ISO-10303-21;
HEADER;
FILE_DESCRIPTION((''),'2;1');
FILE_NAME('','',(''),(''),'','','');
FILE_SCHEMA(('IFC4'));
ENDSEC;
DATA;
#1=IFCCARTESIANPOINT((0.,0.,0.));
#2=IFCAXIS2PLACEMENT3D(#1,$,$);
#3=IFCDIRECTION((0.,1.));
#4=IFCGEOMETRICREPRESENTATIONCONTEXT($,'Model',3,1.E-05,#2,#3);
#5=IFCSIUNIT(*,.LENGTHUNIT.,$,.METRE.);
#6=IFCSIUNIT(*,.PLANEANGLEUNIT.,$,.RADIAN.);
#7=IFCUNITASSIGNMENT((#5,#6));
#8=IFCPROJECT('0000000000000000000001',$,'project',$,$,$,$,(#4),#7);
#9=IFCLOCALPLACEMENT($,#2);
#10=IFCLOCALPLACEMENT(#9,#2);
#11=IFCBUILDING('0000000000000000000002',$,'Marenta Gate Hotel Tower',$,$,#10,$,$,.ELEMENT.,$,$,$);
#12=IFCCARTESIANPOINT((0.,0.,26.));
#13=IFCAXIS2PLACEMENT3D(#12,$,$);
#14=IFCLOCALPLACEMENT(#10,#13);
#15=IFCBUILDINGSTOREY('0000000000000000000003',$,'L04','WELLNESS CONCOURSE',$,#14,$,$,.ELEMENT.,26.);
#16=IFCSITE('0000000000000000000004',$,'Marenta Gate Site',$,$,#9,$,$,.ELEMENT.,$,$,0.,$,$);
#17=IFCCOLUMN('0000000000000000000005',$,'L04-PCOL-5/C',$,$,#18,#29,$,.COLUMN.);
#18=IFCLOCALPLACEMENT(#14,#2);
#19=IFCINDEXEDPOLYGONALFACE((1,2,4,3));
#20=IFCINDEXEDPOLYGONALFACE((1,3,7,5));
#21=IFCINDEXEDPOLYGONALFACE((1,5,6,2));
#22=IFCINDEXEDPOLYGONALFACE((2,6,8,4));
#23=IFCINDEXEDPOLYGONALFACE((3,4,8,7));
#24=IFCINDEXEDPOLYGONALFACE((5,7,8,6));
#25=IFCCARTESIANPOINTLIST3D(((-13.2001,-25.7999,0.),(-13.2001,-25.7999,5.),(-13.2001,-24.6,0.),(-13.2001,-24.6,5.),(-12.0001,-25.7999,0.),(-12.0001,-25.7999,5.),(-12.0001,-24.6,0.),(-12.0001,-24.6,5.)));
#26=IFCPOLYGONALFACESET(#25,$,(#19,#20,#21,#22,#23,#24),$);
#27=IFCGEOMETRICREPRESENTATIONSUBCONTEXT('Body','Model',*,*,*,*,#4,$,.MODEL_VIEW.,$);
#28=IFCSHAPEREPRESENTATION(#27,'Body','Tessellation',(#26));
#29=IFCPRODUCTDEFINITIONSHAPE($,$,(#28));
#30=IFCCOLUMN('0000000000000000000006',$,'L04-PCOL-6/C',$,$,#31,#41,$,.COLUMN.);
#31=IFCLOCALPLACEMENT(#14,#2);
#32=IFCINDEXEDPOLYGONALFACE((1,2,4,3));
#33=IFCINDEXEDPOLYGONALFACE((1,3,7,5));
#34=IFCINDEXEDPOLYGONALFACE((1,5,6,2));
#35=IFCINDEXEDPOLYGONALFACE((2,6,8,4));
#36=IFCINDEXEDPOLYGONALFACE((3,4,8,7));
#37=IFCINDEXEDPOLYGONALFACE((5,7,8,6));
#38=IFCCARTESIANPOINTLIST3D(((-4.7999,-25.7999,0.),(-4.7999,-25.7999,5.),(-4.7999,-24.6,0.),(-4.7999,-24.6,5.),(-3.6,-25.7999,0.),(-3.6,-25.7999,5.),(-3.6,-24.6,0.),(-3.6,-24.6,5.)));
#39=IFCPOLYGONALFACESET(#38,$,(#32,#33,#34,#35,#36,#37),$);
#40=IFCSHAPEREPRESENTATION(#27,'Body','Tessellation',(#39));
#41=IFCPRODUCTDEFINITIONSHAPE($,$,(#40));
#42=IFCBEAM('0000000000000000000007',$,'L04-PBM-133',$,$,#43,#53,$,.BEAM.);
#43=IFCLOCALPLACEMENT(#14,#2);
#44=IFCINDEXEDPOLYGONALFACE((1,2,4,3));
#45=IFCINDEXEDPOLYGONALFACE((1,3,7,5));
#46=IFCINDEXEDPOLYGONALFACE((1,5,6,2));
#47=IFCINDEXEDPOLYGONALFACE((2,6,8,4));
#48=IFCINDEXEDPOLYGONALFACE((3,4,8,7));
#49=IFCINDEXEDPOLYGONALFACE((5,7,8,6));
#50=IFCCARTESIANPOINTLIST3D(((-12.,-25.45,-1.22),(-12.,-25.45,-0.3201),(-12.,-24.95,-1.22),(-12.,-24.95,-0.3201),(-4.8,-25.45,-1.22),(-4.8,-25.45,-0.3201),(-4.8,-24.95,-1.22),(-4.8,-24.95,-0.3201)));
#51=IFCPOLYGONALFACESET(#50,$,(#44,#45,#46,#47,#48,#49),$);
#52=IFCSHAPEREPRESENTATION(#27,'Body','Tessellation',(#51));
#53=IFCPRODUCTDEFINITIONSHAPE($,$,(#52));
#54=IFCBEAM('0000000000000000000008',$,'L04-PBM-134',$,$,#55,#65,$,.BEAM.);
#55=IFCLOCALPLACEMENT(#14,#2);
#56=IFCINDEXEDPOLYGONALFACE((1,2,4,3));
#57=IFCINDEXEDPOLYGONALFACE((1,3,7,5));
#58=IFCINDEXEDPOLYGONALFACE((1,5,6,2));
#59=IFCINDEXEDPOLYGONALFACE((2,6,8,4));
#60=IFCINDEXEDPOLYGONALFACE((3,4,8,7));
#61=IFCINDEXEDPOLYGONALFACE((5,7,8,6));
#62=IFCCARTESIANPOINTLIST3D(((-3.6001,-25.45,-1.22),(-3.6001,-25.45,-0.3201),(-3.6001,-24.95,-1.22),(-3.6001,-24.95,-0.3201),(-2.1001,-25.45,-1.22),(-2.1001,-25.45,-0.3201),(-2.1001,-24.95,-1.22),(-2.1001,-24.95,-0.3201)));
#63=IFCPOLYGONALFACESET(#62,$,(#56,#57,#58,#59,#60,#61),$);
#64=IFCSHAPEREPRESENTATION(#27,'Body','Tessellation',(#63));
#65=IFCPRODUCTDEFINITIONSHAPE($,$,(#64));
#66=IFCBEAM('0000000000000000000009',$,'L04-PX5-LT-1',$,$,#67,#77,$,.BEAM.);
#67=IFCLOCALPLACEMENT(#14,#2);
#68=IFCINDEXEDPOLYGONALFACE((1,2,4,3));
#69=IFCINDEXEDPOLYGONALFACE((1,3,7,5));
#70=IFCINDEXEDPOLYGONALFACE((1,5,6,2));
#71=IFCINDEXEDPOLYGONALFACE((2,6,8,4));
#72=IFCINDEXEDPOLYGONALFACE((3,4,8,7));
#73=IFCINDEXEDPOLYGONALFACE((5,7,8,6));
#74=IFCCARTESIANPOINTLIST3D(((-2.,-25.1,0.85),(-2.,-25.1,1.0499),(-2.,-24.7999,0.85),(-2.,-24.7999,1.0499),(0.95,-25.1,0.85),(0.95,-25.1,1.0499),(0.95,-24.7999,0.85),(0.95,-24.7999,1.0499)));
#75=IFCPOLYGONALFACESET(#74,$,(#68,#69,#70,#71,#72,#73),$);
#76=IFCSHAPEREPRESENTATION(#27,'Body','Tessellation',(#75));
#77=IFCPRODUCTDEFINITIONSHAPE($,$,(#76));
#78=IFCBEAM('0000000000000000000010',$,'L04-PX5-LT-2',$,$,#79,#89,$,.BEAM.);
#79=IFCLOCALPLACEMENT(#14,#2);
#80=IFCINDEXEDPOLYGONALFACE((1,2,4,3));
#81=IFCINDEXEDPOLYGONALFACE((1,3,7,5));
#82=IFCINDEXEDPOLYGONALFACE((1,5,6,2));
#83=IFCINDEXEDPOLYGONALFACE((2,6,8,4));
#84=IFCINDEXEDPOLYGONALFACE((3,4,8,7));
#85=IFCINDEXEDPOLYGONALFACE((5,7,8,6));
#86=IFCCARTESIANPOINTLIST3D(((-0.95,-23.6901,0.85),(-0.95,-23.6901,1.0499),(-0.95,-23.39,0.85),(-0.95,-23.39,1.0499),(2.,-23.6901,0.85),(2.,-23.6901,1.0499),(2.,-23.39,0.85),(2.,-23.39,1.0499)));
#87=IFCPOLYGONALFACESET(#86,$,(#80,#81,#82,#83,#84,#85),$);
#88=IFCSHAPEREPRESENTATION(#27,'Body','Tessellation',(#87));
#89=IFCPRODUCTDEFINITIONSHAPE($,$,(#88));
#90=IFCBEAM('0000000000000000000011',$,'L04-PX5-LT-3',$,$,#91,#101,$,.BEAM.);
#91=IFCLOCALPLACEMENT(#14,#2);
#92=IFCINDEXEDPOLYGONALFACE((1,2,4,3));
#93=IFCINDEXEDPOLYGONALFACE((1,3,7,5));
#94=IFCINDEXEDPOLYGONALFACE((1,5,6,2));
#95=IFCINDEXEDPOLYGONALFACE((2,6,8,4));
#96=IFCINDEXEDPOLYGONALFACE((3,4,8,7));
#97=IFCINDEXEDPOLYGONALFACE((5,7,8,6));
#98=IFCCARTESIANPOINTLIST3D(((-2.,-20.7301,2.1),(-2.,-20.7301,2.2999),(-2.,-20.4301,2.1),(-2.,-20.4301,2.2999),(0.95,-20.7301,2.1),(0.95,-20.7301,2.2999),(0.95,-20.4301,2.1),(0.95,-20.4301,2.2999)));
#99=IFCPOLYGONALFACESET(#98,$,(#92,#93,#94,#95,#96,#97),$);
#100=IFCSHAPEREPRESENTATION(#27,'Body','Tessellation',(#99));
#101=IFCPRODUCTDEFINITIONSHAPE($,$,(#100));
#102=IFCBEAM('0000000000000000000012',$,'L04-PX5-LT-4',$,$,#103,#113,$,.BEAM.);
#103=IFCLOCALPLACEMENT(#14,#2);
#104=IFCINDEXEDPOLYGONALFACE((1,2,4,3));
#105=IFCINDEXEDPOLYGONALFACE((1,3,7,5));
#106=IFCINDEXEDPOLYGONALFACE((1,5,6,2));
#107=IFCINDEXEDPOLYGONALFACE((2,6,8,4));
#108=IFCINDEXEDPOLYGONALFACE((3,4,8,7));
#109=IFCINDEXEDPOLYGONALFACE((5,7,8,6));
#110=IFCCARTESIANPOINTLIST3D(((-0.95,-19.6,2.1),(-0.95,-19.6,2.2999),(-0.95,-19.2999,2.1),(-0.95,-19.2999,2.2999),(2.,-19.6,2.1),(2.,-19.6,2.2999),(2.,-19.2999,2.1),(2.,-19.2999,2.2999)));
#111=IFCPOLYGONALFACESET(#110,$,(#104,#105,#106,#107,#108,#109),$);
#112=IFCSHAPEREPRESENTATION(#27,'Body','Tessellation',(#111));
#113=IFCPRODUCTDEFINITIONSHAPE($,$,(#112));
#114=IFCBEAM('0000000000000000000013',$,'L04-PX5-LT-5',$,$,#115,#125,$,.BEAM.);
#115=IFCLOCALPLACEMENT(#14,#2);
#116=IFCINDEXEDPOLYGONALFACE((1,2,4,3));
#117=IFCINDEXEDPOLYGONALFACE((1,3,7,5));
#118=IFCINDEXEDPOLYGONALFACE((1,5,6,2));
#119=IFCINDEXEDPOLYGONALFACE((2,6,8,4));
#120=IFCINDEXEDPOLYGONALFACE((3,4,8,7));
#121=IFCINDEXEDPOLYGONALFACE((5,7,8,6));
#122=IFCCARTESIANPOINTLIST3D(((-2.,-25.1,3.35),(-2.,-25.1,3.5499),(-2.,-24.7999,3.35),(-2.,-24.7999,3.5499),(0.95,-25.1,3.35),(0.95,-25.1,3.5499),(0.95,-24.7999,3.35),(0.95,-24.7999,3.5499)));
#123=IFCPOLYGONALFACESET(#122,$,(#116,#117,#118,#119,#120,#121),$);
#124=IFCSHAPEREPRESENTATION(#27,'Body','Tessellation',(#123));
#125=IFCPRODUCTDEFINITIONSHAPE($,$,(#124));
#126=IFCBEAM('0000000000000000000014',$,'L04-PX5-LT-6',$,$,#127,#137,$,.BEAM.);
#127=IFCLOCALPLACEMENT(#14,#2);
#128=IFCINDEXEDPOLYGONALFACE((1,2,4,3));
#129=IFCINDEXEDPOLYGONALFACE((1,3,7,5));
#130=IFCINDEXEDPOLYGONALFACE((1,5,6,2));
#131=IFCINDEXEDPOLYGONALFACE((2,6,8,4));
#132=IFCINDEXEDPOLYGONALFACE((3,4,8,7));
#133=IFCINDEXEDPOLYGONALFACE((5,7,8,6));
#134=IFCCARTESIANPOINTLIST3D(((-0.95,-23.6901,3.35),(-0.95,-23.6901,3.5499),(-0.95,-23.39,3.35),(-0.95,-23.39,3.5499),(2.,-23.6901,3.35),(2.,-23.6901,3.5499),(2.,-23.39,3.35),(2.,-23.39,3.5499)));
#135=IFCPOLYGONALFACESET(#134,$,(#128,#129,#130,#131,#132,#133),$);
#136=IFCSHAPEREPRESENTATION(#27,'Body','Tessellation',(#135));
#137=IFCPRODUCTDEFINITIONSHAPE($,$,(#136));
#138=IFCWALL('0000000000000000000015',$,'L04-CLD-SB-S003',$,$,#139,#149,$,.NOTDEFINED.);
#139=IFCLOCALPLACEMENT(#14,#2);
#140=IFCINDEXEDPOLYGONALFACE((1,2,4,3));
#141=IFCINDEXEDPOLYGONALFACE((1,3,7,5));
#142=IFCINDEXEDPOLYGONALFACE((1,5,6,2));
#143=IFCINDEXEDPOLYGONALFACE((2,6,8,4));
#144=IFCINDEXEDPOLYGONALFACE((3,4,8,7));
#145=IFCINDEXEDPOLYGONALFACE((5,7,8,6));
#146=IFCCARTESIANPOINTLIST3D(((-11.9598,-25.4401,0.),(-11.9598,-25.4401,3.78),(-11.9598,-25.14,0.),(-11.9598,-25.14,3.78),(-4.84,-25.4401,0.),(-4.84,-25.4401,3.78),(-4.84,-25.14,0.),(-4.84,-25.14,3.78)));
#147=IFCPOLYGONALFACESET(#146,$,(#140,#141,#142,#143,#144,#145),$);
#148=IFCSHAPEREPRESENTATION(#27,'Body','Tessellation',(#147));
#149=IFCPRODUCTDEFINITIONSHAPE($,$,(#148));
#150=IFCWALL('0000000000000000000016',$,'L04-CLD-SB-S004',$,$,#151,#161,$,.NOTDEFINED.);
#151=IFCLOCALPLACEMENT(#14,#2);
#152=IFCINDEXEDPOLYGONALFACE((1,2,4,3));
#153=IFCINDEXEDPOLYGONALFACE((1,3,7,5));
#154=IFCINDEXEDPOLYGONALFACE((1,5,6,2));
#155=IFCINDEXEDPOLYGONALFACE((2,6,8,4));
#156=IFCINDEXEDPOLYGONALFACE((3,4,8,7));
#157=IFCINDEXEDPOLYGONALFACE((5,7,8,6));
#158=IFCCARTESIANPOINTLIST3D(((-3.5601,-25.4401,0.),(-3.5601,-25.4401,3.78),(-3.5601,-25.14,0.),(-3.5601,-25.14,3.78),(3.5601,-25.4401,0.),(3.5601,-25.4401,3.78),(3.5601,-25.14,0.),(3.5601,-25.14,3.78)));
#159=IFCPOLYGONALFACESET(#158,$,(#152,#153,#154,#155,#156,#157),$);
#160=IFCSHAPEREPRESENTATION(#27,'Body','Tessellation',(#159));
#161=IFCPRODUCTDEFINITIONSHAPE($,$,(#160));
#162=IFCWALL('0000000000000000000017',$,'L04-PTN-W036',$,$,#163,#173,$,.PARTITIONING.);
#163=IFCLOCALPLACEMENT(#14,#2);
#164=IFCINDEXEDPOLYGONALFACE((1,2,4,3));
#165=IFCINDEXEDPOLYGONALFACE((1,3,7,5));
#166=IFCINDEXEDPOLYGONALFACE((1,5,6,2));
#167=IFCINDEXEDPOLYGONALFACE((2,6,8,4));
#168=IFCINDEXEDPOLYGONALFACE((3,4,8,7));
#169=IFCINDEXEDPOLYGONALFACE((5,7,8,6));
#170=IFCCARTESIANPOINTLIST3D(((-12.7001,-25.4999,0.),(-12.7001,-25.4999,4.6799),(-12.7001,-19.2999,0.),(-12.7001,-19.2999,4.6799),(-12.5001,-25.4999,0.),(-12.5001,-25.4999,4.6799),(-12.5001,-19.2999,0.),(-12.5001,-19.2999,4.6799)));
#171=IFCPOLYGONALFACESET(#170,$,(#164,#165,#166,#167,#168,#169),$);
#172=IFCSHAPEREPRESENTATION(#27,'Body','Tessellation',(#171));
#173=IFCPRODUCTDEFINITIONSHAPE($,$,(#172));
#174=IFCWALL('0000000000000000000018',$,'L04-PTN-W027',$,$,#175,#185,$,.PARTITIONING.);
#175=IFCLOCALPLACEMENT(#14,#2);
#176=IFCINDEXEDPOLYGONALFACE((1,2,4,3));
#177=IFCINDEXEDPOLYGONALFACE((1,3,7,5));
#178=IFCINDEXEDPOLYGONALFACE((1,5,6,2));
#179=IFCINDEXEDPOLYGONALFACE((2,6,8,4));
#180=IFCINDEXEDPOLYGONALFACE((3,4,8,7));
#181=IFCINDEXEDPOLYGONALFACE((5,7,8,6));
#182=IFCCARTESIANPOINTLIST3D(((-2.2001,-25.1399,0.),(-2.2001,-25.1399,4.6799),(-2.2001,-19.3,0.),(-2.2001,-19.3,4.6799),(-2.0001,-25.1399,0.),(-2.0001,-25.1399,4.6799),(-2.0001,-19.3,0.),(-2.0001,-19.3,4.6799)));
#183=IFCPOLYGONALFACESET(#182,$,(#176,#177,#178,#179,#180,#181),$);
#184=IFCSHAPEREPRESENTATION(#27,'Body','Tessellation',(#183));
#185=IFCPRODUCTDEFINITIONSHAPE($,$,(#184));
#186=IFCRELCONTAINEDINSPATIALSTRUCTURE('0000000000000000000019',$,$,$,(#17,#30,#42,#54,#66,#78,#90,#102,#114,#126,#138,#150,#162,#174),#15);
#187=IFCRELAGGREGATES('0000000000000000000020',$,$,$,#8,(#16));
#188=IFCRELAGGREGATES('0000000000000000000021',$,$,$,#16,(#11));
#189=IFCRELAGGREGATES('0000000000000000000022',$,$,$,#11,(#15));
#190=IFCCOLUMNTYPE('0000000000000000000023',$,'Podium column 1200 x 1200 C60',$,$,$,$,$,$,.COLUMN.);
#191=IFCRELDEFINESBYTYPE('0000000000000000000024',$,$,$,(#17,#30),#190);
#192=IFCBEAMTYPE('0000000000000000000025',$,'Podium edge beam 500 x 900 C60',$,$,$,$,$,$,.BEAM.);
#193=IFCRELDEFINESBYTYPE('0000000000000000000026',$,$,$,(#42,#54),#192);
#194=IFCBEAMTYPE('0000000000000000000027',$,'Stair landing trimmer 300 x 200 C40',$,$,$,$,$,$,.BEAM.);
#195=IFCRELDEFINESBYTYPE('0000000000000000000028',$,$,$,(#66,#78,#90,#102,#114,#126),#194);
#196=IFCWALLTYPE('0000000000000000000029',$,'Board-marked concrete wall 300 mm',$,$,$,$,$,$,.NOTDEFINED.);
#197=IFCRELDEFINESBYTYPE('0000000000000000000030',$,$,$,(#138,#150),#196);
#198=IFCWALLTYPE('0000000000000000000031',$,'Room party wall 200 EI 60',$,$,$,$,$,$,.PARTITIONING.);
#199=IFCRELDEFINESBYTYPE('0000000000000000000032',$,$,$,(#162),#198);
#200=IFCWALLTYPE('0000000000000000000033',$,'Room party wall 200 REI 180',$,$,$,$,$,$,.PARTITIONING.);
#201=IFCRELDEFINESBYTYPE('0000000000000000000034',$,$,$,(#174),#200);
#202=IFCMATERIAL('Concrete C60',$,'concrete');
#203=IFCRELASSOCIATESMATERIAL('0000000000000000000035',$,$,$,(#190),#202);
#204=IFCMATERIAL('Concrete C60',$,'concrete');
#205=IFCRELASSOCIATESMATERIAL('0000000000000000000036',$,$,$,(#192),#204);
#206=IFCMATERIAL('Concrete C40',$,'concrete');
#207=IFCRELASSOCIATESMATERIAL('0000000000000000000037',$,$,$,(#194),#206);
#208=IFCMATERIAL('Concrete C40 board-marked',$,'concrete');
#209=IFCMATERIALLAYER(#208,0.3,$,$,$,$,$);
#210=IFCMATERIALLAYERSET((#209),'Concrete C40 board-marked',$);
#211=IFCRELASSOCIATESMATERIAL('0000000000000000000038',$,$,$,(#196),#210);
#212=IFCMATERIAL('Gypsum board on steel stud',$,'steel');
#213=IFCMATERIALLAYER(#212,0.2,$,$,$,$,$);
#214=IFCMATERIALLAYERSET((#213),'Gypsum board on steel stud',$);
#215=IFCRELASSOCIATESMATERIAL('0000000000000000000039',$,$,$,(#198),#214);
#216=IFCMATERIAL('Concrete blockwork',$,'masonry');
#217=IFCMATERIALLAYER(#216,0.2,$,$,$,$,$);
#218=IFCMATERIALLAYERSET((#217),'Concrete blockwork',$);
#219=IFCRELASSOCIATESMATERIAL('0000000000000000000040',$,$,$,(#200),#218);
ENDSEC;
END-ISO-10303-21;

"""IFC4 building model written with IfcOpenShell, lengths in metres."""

from ifc_helpers import new_model, si_unit, direction, frame, frame_2d, origin, origin_2d, place, context, subcontext, project, spatial, rectangle, extrude, material, layer, layer_set, material_profile, profile_set, type_object, element, save


model = new_model("IFC4")

# Units and contexts
model_context = context("Model", 3, precision=1e-05, world=origin(), true_north=direction((0.0, 1.0)))
body_context = subcontext(model_context, "Body", "Model", "MODEL_VIEW")
ifc_project = project(units=[si_unit("LENGTHUNIT", "METRE"), si_unit("PLANEANGLEUNIT", "RADIAN")], contexts=[model_context])

# Site, building, storey
site_placement = place(None, origin())
site = spatial("IfcSite", under=ifc_project, at=site_placement, Name="Marenta Gate Site", CompositionType="ELEMENT", RefElevation=0.0)
building_placement = place(site_placement, origin())
building = spatial("IfcBuilding", under=site, at=building_placement, Name="Marenta Gate Hotel Tower", CompositionType="ELEMENT")
storey_placement = place(building_placement, frame((0.0, 0.0, 26.0)))
storey = spatial("IfcBuildingStorey", under=building, at=storey_placement, Name="L04", Description="WELLNESS CONCOURSE", CompositionType="ELEMENT", Elevation=26.0)

# Columns
ifc_material_1 = material(Name="Concrete C60", Category="concrete")
ifc_material_profile_1 = material_profile(ifc_material_1, rectangle(XDim=1.2, YDim=1.2, at=origin_2d()), Name="1200 x 1200")
ifc_profile_set_1 = profile_set([ifc_material_profile_1], Name="Concrete C60")
column_type = type_object("IfcColumnType", Name="Podium column 1200 x 1200 C60", PredefinedType="COLUMN", material=ifc_profile_set_1)
for number, where, z_axis, x_axis, name in (
    (1, (-12.6001, -25.2, 0.0), (0.0, 0.0, 1.0), (1.0, 0.0, 0.0), "L04-PCOL-5/C"),
    (2, (-4.2, -25.2, 0.0), (0.0, 0.0, 1.0), (1.0, 0.0, 0.0), "L04-PCOL-6/C"),
):
    element("IfcColumn", number, at=place(storey_placement, frame(where, z_axis=z_axis, x_axis=x_axis)), inside=storey, type_object=column_type, Name=name, PredefinedType="COLUMN", context=body_context, shape_type="SweptSolid", body=[
        extrude(rectangle(XDim=1.2, YDim=1.2, at=origin_2d()), origin(), (0.0, 0.0, 1.0), 5.0),
    ])

# Beams
ifc_material_2 = material(Name="Concrete C60", Category="concrete")
ifc_material_profile_2 = material_profile(ifc_material_2, rectangle(XDim=0.5, YDim=0.8999, at=origin_2d()), Name="500 x 900")
ifc_profile_set_2 = profile_set([ifc_material_profile_2], Name="Concrete C60")
beam_type_1 = type_object("IfcBeamType", Name="Podium edge beam 500 x 900 C60", PredefinedType="BEAM", material=ifc_profile_set_2)
beam_1_placement = place(storey_placement, frame((-12.0, -25.2, -0.77), z_axis=(1.0, 0.0, 0.0), x_axis=(0.0, 1.0, 0.0)))
element("IfcBeam", 3, at=beam_1_placement, inside=storey, type_object=beam_type_1, Name="L04-PBM-133", PredefinedType="BEAM", context=body_context, shape_type="SweptSolid", body=[
    extrude(rectangle(XDim=0.5, YDim=0.8999, at=origin_2d()), origin(), (0.0, 0.0, 1.0), 7.2),
])
beam_2_placement = place(storey_placement, frame((-3.6001, -25.2, -0.77), z_axis=(1.0, 0.0, 0.0), x_axis=(0.0, 1.0, 0.0)))
element("IfcBeam", 4, at=beam_2_placement, inside=storey, type_object=beam_type_1, Name="L04-PBM-134", PredefinedType="BEAM", context=body_context, shape_type="SweptSolid", body=[
    extrude(rectangle(XDim=0.5, YDim=0.8999, at=origin_2d()), origin(), (0.0, 0.0, 1.0), 1.5),
])
ifc_material_3 = material(Name="Concrete C40", Category="concrete")
ifc_material_profile_3 = material_profile(ifc_material_3, rectangle(XDim=0.3, YDim=0.2, at=origin_2d()), Name="300 x 200")
ifc_profile_set_3 = profile_set([ifc_material_profile_3], Name="Concrete C40")
beam_type_2 = type_object("IfcBeamType", Name="Stair landing trimmer 300 x 200 C40", PredefinedType="BEAM", material=ifc_profile_set_3)
for number, where, z_axis, x_axis, name in (
    (5, (-2.0, -24.95, 0.95), (1.0, 0.0, 0.0), (0.0, 1.0, 0.0), "L04-PX5-LT-1"),
    (6, (-0.95, -23.54, 0.95), (1.0, 0.0, 0.0), (0.0, 1.0, 0.0), "L04-PX5-LT-2"),
    (7, (-2.0, -20.5801, 2.2), (1.0, 0.0, 0.0), (0.0, 1.0, 0.0), "L04-PX5-LT-3"),
    (8, (-0.95, -19.45, 2.2), (1.0, 0.0, 0.0), (0.0, 1.0, 0.0), "L04-PX5-LT-4"),
    (9, (-2.0, -24.95, 3.45), (1.0, 0.0, 0.0), (0.0, 1.0, 0.0), "L04-PX5-LT-5"),
    (10, (-0.95, -23.54, 3.45), (1.0, 0.0, 0.0), (0.0, 1.0, 0.0), "L04-PX5-LT-6"),
):
    element("IfcBeam", number, at=place(storey_placement, frame(where, z_axis=z_axis, x_axis=x_axis)), inside=storey, type_object=beam_type_2, Name=name, PredefinedType="BEAM", context=body_context, shape_type="SweptSolid", body=[
        extrude(rectangle(XDim=0.3, YDim=0.2, at=origin_2d()), origin(), (0.0, 0.0, 1.0), 2.95),
    ])

# Walls
ifc_material_4 = material(Name="Concrete C40 board-marked", Category="concrete")
ifc_layer_1 = layer(ifc_material_4, 0.3)
ifc_layer_set_1 = layer_set([ifc_layer_1], Name="Concrete C40 board-marked")
wall_type_1 = type_object("IfcWallType", Name="Board-marked concrete wall 300 mm", PredefinedType="NOTDEFINED", material=ifc_layer_set_1)
wall_1_placement = place(storey_placement, frame((-11.96, -25.29, 0.0), z_axis=(0.0, 0.0, 1.0), x_axis=(1.0, 0.0, 0.0)))
element("IfcWall", 11, at=wall_1_placement, inside=storey, type_object=wall_type_1, Name="L04-CLD-SB-S003", PredefinedType="NOTDEFINED", context=body_context, shape_type="SweptSolid", body=[
    extrude(rectangle(XDim=7.1199, YDim=0.3, at=frame_2d((3.5601, 0.0))), origin(), (0.0, 0.0, 1.0), 3.78),
])
wall_2_placement = place(storey_placement, frame((-3.5601, -25.29, 0.0), z_axis=(0.0, 0.0, 1.0), x_axis=(1.0, 0.0, 0.0)))
element("IfcWall", 12, at=wall_2_placement, inside=storey, type_object=wall_type_1, Name="L04-CLD-SB-S004", PredefinedType="NOTDEFINED", context=body_context, shape_type="SweptSolid", body=[
    extrude(rectangle(XDim=7.1201, YDim=0.3, at=frame_2d((3.5601, 0.0))), origin(), (0.0, 0.0, 1.0), 3.78),
])
ifc_material_5 = material(Name="Gypsum board on steel stud", Category="steel")
ifc_layer_2 = layer(ifc_material_5, 0.2)
ifc_layer_set_2 = layer_set([ifc_layer_2], Name="Gypsum board on steel stud")
wall_type_2 = type_object("IfcWallType", Name="Room party wall 200 EI 60", PredefinedType="PARTITIONING", material=ifc_layer_set_2)
wall_3_placement = place(storey_placement, frame((-12.6001, -25.5, 0.0), z_axis=(0.0, 0.0, 1.0), x_axis=(0.0, 1.0, 0.0)))
element("IfcWall", 13, at=wall_3_placement, inside=storey, type_object=wall_type_2, Name="L04-PTN-W036", PredefinedType="PARTITIONING", context=body_context, shape_type="SweptSolid", body=[
    extrude(rectangle(XDim=6.2, YDim=0.2, at=frame_2d((3.1001, 0.0))), origin(), (0.0, 0.0, 1.0), 4.6799),
])
ifc_material_6 = material(Name="Concrete blockwork", Category="masonry")
ifc_layer_3 = layer(ifc_material_6, 0.2)
ifc_layer_set_3 = layer_set([ifc_layer_3], Name="Concrete blockwork")
wall_type_3 = type_object("IfcWallType", Name="Room party wall 200 REI 180", PredefinedType="PARTITIONING", material=ifc_layer_set_3)
wall_4_placement = place(storey_placement, frame((-2.1001, -25.1399, 0.0), z_axis=(0.0, 0.0, 1.0), x_axis=(0.0, 1.0, 0.0)))
element("IfcWall", 14, at=wall_4_placement, inside=storey, type_object=wall_type_3, Name="L04-PTN-W027", PredefinedType="PARTITIONING", context=body_context, shape_type="SweptSolid", body=[
    extrude(rectangle(XDim=5.8398, YDim=0.2, at=frame_2d((2.9199, 0.0))), origin(), (0.0, 0.0, 1.0), 4.6799),
])

save(model, "model.ifc")
